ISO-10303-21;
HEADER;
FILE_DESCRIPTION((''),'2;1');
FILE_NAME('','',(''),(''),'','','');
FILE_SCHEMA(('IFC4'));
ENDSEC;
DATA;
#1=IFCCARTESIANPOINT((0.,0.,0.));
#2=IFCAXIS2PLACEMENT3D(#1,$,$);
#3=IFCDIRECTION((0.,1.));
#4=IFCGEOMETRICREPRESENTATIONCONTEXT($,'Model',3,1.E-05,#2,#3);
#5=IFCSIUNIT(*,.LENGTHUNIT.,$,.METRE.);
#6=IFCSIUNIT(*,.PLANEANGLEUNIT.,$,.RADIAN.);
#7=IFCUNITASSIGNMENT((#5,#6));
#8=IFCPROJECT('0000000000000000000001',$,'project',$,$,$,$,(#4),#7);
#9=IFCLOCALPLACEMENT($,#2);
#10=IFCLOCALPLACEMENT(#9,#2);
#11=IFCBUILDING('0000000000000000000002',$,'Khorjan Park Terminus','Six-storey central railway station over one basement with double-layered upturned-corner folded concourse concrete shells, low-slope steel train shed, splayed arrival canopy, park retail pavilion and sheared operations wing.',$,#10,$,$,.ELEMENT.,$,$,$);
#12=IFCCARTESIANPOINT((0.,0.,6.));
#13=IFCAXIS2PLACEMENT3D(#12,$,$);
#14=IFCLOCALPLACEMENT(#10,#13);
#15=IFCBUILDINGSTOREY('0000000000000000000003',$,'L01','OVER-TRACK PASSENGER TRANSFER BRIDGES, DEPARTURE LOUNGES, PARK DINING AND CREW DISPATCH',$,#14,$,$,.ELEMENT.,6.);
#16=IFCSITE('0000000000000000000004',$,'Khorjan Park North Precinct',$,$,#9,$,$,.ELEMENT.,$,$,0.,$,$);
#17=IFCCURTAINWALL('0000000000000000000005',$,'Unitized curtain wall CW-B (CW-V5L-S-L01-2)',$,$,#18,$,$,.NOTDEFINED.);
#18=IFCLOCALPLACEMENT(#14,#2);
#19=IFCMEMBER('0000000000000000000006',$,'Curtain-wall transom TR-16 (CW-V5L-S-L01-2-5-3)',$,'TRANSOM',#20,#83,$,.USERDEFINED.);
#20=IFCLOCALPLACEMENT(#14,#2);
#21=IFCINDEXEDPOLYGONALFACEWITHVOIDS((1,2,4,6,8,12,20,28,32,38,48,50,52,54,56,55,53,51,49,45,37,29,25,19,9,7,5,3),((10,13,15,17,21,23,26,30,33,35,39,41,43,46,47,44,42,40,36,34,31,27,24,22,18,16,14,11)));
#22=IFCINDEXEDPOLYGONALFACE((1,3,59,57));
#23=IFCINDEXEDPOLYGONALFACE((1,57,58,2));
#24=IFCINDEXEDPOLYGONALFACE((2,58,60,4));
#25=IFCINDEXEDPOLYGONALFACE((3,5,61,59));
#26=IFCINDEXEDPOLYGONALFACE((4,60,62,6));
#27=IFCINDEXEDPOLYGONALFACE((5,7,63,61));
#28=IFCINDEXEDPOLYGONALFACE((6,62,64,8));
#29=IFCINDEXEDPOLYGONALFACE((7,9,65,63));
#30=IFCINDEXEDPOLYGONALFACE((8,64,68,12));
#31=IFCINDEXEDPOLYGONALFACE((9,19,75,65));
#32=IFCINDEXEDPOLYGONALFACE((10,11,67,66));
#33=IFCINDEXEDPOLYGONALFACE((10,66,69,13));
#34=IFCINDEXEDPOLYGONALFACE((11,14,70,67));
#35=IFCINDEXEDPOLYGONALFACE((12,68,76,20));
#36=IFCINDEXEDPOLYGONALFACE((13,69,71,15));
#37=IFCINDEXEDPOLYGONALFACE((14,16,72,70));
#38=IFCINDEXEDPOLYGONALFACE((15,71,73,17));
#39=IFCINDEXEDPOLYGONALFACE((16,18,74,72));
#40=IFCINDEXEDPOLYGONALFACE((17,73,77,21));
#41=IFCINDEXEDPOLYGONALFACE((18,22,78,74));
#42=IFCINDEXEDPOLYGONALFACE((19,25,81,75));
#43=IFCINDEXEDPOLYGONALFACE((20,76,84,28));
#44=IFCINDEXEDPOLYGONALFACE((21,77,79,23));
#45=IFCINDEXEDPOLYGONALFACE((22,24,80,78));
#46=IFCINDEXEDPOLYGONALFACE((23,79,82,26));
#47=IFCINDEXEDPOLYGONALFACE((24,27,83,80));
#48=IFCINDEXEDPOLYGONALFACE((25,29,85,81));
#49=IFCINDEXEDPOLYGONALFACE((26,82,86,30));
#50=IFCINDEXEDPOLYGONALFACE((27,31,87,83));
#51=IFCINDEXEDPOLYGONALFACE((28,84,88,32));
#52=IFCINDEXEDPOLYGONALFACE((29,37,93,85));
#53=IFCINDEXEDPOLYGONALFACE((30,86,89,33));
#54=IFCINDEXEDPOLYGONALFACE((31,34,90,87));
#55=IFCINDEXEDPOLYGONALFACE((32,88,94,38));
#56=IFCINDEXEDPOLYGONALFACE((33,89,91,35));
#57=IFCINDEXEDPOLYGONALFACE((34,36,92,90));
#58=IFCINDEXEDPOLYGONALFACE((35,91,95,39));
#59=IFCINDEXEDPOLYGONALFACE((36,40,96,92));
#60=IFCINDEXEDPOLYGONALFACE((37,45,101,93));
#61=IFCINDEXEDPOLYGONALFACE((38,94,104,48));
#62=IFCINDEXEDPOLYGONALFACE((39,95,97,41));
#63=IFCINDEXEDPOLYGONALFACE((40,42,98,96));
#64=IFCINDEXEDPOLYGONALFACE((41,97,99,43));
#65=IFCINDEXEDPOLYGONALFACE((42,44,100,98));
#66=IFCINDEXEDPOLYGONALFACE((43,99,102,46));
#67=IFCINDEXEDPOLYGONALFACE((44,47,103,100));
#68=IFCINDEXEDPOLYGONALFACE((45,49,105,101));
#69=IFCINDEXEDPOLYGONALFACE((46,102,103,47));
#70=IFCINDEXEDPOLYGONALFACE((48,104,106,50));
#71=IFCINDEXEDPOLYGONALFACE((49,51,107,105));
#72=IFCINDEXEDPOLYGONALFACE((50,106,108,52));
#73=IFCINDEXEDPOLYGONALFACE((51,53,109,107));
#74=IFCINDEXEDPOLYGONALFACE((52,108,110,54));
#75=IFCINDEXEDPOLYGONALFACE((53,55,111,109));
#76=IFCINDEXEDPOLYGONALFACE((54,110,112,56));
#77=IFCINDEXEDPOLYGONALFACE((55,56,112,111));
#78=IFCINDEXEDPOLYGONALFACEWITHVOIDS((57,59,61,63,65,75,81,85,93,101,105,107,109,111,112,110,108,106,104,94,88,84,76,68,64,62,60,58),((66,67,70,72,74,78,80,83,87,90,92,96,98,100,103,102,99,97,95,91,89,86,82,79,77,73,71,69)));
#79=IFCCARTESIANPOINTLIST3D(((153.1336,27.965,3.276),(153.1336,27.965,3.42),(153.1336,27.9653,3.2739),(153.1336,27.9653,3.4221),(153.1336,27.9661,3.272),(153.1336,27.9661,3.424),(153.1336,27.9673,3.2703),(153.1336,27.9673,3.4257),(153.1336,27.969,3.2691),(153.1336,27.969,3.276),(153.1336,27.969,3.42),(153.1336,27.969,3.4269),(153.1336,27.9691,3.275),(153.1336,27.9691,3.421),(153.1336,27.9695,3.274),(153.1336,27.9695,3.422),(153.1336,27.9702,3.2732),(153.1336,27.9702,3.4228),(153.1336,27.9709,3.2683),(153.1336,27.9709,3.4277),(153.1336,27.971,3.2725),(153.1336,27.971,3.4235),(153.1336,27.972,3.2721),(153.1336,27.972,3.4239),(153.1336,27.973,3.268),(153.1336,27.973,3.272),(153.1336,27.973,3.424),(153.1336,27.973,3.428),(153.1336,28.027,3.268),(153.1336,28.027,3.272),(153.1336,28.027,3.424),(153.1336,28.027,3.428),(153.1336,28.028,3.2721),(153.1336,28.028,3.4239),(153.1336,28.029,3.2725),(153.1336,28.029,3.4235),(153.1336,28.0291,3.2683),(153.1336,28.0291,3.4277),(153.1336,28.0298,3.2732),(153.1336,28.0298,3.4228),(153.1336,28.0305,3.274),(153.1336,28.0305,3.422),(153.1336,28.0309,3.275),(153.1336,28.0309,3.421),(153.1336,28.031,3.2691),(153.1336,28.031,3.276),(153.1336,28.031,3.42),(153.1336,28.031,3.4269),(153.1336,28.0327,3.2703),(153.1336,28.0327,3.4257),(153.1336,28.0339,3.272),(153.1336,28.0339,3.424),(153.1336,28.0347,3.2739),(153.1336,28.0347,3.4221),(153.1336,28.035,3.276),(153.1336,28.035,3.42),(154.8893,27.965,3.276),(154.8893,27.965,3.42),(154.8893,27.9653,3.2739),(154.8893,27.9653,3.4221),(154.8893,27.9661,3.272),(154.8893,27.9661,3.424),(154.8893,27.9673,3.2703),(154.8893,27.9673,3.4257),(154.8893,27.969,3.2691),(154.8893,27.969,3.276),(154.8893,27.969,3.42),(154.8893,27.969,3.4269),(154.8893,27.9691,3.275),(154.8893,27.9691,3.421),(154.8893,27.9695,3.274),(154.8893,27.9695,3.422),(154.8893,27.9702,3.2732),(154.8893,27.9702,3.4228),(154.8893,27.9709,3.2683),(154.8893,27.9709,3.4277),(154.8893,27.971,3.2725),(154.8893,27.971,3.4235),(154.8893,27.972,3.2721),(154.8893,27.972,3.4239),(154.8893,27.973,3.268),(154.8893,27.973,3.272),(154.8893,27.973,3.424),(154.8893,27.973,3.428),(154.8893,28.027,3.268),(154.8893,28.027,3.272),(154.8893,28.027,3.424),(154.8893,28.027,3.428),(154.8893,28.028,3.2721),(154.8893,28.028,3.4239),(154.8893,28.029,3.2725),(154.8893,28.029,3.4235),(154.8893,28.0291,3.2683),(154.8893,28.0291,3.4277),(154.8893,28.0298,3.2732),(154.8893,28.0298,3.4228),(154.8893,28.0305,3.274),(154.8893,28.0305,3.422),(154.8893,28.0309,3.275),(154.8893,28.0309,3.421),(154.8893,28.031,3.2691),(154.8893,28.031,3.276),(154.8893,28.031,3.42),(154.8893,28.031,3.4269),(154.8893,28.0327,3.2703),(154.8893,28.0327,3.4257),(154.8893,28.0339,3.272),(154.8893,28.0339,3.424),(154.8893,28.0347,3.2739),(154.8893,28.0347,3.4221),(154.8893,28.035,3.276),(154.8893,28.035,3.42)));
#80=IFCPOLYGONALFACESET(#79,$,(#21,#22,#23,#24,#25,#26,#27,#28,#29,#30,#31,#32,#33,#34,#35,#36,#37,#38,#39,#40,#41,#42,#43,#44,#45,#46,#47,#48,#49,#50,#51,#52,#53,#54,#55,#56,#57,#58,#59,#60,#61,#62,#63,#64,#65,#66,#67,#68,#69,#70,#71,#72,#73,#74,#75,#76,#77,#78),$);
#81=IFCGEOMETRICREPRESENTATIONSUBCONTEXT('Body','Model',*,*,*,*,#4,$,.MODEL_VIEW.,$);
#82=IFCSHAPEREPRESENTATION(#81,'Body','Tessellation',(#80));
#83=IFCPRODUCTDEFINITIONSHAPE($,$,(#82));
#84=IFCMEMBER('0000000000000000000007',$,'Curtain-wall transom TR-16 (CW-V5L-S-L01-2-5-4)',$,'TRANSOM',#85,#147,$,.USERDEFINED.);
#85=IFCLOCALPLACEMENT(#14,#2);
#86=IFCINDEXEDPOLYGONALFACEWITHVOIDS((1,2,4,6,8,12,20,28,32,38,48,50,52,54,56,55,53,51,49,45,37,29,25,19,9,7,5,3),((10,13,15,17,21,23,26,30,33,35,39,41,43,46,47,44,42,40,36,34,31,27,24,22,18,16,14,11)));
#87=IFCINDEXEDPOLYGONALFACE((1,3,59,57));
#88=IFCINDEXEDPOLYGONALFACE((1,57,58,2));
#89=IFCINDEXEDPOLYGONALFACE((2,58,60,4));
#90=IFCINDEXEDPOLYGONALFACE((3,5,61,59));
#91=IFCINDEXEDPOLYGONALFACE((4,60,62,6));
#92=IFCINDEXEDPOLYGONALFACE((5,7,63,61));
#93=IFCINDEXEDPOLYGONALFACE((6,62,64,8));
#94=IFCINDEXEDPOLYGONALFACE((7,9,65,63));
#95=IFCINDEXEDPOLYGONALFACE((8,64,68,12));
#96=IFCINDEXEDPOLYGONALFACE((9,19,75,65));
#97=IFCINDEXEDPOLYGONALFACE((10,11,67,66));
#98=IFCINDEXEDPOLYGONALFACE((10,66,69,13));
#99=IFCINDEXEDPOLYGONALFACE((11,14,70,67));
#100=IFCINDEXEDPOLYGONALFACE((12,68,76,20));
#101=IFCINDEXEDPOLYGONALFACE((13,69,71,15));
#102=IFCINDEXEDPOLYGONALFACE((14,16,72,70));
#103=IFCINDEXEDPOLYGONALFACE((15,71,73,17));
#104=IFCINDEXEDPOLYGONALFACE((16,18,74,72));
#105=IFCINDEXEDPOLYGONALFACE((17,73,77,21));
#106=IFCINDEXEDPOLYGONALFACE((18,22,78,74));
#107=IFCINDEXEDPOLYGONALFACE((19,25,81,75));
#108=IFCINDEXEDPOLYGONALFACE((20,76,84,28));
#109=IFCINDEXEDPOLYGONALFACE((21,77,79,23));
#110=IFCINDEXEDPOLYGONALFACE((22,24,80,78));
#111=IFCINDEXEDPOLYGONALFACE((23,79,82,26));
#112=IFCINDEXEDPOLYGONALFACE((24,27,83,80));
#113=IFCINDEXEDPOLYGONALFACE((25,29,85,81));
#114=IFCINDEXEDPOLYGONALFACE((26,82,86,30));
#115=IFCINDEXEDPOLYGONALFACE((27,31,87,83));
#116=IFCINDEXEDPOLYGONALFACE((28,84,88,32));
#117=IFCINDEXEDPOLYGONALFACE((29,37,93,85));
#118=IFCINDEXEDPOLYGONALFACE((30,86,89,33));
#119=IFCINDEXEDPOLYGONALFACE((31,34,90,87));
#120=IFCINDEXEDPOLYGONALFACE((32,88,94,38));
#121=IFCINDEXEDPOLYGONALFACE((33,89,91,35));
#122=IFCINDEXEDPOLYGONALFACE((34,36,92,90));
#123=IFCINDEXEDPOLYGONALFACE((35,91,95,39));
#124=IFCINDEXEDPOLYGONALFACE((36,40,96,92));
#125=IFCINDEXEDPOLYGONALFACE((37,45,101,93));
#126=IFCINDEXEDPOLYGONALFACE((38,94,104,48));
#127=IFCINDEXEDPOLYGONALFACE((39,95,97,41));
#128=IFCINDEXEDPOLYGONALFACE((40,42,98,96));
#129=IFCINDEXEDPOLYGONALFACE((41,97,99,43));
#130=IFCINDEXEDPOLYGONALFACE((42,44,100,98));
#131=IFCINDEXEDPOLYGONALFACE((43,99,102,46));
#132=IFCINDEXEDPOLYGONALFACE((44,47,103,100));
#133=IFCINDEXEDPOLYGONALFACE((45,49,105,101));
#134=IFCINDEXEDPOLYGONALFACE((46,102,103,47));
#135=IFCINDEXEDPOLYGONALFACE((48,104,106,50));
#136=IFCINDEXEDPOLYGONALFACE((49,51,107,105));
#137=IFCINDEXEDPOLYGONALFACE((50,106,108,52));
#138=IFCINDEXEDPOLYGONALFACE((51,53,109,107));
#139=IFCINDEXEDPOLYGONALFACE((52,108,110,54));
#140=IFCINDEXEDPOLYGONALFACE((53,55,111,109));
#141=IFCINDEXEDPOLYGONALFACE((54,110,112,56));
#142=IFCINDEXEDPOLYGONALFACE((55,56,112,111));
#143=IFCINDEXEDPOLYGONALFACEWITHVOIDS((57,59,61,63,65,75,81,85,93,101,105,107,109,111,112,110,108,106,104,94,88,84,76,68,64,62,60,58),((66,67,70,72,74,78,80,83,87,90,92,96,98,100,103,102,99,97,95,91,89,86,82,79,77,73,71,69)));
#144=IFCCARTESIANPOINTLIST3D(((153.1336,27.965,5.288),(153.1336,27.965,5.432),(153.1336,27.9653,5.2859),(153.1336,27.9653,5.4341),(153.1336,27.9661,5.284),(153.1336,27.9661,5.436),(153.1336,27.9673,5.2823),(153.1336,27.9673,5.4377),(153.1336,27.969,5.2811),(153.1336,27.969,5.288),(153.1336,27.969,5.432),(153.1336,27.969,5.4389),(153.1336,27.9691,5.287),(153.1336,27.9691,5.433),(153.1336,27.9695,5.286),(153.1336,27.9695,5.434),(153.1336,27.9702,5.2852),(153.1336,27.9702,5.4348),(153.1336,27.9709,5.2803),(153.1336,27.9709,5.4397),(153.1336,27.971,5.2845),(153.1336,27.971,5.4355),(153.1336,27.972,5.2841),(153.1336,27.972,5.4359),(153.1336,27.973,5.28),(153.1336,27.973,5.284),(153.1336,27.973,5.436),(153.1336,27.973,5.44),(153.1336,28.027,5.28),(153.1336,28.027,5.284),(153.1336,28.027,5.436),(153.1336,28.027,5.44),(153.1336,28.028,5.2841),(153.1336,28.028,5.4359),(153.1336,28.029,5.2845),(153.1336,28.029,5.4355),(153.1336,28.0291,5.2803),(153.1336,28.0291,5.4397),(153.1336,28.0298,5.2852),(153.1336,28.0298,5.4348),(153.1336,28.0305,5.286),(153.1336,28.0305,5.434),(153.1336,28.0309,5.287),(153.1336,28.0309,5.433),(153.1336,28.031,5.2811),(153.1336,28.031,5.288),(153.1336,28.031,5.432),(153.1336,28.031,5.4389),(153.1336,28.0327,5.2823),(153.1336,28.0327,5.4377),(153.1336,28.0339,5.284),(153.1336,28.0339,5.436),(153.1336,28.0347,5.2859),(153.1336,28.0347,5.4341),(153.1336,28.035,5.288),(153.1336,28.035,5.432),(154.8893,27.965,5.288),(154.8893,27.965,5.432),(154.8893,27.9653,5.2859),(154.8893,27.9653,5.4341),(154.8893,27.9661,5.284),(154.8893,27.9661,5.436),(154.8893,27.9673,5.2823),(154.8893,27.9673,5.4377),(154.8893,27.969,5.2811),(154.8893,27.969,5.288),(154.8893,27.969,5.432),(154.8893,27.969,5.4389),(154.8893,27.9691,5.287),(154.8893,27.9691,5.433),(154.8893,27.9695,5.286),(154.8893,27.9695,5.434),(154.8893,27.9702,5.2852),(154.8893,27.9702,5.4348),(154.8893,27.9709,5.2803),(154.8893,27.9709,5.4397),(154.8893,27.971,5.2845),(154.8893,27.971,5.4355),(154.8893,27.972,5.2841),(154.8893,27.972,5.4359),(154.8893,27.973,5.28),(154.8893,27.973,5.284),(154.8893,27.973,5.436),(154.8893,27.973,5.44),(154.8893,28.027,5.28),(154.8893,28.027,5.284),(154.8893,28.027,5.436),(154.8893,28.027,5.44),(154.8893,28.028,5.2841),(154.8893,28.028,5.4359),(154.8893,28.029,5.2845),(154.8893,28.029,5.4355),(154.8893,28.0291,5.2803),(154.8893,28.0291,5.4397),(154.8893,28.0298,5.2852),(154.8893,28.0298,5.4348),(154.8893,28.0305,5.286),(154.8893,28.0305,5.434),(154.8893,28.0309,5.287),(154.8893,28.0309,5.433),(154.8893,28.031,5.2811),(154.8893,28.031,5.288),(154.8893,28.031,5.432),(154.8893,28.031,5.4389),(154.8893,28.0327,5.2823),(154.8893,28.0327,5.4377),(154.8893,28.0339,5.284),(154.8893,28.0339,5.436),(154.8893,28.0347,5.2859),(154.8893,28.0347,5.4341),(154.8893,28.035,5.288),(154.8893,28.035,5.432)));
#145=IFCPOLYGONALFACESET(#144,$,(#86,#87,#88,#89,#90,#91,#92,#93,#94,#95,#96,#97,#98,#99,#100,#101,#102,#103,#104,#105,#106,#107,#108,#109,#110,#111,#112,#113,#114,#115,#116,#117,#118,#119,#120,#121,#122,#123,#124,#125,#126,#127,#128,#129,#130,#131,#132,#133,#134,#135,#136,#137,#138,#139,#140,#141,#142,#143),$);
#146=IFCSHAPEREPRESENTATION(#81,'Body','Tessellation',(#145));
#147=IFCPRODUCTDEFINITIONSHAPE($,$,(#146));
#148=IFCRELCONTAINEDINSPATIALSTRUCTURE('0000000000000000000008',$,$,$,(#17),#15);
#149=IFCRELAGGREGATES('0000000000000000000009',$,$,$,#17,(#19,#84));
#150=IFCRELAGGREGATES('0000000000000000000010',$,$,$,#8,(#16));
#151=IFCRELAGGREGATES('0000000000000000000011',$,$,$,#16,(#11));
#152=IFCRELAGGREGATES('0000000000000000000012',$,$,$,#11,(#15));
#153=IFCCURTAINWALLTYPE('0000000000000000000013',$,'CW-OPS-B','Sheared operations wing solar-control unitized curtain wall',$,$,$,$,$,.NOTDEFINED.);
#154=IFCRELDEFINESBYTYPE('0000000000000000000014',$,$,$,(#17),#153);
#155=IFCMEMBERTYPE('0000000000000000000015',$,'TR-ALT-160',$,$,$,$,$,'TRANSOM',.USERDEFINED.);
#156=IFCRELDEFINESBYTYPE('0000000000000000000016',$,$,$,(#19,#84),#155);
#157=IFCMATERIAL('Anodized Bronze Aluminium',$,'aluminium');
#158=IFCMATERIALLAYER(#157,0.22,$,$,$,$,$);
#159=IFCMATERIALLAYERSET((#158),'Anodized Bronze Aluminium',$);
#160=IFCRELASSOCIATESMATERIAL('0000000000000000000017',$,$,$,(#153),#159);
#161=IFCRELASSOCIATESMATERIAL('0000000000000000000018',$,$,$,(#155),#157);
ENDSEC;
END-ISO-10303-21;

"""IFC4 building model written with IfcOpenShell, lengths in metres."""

from ifc_helpers import new_model, si_unit, direction, frame, origin, origin_2d, place, context, subcontext, project, spatial, hollow_rectangle, extrude, material, layer, layer_set, material_profile, profile_set, type_object, element, aggregate, save


model = new_model("IFC4")

# Units and contexts
model_context = context("Model", 3, precision=1e-05, world=origin(), true_north=direction((0.0, 1.0)))
body_context = subcontext(model_context, "Body", "Model", "MODEL_VIEW")
ifc_project = project(units=[si_unit("LENGTHUNIT", "METRE"), si_unit("PLANEANGLEUNIT", "RADIAN")], contexts=[model_context])

# Site, building, storey
site_placement = place(None, origin())
site = spatial("IfcSite", under=ifc_project, at=site_placement, Name="Khorjan Park North Precinct", CompositionType="ELEMENT", RefElevation=0.0)
building_placement = place(site_placement, origin())
building = spatial("IfcBuilding", under=site, at=building_placement, Name="Khorjan Park Terminus", Description="Six-storey central railway station over one basement with double-layered upturned-corner folded concourse concrete shells, low-slope steel train shed, splayed arrival canopy, park retail pavilion and sheared operations wing.", CompositionType="ELEMENT")
storey_placement = place(building_placement, frame((0.0, 0.0, 6.0)))
storey = spatial("IfcBuildingStorey", under=building, at=storey_placement, Name="L01", Description="OVER-TRACK PASSENGER TRANSFER BRIDGES, DEPARTURE LOUNGES, PARK DINING AND CREW DISPATCH", CompositionType="ELEMENT", Elevation=6.0)

# Curtain wall, members
ifc_material_1 = material(Name="Anodized Bronze Aluminium", Category="aluminium")
ifc_layer_1 = layer(ifc_material_1, 0.22)
ifc_layer_set_1 = layer_set([ifc_layer_1], Name="Anodized Bronze Aluminium")
curtain_wall_type = type_object("IfcCurtainWallType", Name="CW-OPS-B", Description="Sheared operations wing solar-control unitized curtain wall", PredefinedType="NOTDEFINED", material=ifc_layer_set_1)
curtain_wall_placement = place(storey_placement, origin())
curtain_wall = element("IfcCurtainWall", 1, at=curtain_wall_placement, inside=storey, type_object=curtain_wall_type, Name="Unitized curtain wall CW-B (CW-V5L-S-L01-2)", PredefinedType="NOTDEFINED")
ifc_material_profile_1 = material_profile(ifc_material_1, hollow_rectangle(XDim=0.07, YDim=0.16, WallThickness=0.004, InnerFilletRadius=0.004, OuterFilletRadius=0.008, at=origin_2d()), Name="ALT 70x160x4")
ifc_profile_set_1 = profile_set([ifc_material_profile_1], Name="Anodized Bronze Aluminium")
member_type_1 = type_object("IfcMemberType", Name="TR-ALT-160", ElementType="TRANSOM", PredefinedType="USERDEFINED", material=ifc_profile_set_1)
member_1_placement = place(storey_placement, frame((153.1336, 28.0, 3.348), z_axis=(1.0, 0.0, 0.0), x_axis=(0.0, 1.0, 0.0)))
member_1 = element("IfcMember", 2, at=member_1_placement, type_object=member_type_1, Name="Curtain-wall transom TR-16 (CW-V5L-S-L01-2-5-3)", ObjectType="TRANSOM", PredefinedType="USERDEFINED", context=body_context, shape_type="SweptSolid", body=[
    extrude(hollow_rectangle(XDim=0.07, YDim=0.16, WallThickness=0.004, InnerFilletRadius=0.004, OuterFilletRadius=0.008, at=origin_2d()), origin(), (0.0, 0.0, 1.0), 1.7557),
])
member_2_placement = place(storey_placement, frame((153.1336, 28.0, 5.36), z_axis=(1.0, 0.0, 0.0), x_axis=(0.0, 1.0, 0.0)))
member_2 = element("IfcMember", 3, at=member_2_placement, type_object=member_type_1, Name="Curtain-wall transom TR-16 (CW-V5L-S-L01-2-5-4)", ObjectType="TRANSOM", PredefinedType="USERDEFINED", context=body_context, shape_type="SweptSolid", body=[
    extrude(hollow_rectangle(XDim=0.07, YDim=0.16, WallThickness=0.004, InnerFilletRadius=0.004, OuterFilletRadius=0.008, at=origin_2d()), origin(), (0.0, 0.0, 1.0), 1.7557),
])
aggregate(curtain_wall, [member_1, member_2])

save(model, "model.ifc")
